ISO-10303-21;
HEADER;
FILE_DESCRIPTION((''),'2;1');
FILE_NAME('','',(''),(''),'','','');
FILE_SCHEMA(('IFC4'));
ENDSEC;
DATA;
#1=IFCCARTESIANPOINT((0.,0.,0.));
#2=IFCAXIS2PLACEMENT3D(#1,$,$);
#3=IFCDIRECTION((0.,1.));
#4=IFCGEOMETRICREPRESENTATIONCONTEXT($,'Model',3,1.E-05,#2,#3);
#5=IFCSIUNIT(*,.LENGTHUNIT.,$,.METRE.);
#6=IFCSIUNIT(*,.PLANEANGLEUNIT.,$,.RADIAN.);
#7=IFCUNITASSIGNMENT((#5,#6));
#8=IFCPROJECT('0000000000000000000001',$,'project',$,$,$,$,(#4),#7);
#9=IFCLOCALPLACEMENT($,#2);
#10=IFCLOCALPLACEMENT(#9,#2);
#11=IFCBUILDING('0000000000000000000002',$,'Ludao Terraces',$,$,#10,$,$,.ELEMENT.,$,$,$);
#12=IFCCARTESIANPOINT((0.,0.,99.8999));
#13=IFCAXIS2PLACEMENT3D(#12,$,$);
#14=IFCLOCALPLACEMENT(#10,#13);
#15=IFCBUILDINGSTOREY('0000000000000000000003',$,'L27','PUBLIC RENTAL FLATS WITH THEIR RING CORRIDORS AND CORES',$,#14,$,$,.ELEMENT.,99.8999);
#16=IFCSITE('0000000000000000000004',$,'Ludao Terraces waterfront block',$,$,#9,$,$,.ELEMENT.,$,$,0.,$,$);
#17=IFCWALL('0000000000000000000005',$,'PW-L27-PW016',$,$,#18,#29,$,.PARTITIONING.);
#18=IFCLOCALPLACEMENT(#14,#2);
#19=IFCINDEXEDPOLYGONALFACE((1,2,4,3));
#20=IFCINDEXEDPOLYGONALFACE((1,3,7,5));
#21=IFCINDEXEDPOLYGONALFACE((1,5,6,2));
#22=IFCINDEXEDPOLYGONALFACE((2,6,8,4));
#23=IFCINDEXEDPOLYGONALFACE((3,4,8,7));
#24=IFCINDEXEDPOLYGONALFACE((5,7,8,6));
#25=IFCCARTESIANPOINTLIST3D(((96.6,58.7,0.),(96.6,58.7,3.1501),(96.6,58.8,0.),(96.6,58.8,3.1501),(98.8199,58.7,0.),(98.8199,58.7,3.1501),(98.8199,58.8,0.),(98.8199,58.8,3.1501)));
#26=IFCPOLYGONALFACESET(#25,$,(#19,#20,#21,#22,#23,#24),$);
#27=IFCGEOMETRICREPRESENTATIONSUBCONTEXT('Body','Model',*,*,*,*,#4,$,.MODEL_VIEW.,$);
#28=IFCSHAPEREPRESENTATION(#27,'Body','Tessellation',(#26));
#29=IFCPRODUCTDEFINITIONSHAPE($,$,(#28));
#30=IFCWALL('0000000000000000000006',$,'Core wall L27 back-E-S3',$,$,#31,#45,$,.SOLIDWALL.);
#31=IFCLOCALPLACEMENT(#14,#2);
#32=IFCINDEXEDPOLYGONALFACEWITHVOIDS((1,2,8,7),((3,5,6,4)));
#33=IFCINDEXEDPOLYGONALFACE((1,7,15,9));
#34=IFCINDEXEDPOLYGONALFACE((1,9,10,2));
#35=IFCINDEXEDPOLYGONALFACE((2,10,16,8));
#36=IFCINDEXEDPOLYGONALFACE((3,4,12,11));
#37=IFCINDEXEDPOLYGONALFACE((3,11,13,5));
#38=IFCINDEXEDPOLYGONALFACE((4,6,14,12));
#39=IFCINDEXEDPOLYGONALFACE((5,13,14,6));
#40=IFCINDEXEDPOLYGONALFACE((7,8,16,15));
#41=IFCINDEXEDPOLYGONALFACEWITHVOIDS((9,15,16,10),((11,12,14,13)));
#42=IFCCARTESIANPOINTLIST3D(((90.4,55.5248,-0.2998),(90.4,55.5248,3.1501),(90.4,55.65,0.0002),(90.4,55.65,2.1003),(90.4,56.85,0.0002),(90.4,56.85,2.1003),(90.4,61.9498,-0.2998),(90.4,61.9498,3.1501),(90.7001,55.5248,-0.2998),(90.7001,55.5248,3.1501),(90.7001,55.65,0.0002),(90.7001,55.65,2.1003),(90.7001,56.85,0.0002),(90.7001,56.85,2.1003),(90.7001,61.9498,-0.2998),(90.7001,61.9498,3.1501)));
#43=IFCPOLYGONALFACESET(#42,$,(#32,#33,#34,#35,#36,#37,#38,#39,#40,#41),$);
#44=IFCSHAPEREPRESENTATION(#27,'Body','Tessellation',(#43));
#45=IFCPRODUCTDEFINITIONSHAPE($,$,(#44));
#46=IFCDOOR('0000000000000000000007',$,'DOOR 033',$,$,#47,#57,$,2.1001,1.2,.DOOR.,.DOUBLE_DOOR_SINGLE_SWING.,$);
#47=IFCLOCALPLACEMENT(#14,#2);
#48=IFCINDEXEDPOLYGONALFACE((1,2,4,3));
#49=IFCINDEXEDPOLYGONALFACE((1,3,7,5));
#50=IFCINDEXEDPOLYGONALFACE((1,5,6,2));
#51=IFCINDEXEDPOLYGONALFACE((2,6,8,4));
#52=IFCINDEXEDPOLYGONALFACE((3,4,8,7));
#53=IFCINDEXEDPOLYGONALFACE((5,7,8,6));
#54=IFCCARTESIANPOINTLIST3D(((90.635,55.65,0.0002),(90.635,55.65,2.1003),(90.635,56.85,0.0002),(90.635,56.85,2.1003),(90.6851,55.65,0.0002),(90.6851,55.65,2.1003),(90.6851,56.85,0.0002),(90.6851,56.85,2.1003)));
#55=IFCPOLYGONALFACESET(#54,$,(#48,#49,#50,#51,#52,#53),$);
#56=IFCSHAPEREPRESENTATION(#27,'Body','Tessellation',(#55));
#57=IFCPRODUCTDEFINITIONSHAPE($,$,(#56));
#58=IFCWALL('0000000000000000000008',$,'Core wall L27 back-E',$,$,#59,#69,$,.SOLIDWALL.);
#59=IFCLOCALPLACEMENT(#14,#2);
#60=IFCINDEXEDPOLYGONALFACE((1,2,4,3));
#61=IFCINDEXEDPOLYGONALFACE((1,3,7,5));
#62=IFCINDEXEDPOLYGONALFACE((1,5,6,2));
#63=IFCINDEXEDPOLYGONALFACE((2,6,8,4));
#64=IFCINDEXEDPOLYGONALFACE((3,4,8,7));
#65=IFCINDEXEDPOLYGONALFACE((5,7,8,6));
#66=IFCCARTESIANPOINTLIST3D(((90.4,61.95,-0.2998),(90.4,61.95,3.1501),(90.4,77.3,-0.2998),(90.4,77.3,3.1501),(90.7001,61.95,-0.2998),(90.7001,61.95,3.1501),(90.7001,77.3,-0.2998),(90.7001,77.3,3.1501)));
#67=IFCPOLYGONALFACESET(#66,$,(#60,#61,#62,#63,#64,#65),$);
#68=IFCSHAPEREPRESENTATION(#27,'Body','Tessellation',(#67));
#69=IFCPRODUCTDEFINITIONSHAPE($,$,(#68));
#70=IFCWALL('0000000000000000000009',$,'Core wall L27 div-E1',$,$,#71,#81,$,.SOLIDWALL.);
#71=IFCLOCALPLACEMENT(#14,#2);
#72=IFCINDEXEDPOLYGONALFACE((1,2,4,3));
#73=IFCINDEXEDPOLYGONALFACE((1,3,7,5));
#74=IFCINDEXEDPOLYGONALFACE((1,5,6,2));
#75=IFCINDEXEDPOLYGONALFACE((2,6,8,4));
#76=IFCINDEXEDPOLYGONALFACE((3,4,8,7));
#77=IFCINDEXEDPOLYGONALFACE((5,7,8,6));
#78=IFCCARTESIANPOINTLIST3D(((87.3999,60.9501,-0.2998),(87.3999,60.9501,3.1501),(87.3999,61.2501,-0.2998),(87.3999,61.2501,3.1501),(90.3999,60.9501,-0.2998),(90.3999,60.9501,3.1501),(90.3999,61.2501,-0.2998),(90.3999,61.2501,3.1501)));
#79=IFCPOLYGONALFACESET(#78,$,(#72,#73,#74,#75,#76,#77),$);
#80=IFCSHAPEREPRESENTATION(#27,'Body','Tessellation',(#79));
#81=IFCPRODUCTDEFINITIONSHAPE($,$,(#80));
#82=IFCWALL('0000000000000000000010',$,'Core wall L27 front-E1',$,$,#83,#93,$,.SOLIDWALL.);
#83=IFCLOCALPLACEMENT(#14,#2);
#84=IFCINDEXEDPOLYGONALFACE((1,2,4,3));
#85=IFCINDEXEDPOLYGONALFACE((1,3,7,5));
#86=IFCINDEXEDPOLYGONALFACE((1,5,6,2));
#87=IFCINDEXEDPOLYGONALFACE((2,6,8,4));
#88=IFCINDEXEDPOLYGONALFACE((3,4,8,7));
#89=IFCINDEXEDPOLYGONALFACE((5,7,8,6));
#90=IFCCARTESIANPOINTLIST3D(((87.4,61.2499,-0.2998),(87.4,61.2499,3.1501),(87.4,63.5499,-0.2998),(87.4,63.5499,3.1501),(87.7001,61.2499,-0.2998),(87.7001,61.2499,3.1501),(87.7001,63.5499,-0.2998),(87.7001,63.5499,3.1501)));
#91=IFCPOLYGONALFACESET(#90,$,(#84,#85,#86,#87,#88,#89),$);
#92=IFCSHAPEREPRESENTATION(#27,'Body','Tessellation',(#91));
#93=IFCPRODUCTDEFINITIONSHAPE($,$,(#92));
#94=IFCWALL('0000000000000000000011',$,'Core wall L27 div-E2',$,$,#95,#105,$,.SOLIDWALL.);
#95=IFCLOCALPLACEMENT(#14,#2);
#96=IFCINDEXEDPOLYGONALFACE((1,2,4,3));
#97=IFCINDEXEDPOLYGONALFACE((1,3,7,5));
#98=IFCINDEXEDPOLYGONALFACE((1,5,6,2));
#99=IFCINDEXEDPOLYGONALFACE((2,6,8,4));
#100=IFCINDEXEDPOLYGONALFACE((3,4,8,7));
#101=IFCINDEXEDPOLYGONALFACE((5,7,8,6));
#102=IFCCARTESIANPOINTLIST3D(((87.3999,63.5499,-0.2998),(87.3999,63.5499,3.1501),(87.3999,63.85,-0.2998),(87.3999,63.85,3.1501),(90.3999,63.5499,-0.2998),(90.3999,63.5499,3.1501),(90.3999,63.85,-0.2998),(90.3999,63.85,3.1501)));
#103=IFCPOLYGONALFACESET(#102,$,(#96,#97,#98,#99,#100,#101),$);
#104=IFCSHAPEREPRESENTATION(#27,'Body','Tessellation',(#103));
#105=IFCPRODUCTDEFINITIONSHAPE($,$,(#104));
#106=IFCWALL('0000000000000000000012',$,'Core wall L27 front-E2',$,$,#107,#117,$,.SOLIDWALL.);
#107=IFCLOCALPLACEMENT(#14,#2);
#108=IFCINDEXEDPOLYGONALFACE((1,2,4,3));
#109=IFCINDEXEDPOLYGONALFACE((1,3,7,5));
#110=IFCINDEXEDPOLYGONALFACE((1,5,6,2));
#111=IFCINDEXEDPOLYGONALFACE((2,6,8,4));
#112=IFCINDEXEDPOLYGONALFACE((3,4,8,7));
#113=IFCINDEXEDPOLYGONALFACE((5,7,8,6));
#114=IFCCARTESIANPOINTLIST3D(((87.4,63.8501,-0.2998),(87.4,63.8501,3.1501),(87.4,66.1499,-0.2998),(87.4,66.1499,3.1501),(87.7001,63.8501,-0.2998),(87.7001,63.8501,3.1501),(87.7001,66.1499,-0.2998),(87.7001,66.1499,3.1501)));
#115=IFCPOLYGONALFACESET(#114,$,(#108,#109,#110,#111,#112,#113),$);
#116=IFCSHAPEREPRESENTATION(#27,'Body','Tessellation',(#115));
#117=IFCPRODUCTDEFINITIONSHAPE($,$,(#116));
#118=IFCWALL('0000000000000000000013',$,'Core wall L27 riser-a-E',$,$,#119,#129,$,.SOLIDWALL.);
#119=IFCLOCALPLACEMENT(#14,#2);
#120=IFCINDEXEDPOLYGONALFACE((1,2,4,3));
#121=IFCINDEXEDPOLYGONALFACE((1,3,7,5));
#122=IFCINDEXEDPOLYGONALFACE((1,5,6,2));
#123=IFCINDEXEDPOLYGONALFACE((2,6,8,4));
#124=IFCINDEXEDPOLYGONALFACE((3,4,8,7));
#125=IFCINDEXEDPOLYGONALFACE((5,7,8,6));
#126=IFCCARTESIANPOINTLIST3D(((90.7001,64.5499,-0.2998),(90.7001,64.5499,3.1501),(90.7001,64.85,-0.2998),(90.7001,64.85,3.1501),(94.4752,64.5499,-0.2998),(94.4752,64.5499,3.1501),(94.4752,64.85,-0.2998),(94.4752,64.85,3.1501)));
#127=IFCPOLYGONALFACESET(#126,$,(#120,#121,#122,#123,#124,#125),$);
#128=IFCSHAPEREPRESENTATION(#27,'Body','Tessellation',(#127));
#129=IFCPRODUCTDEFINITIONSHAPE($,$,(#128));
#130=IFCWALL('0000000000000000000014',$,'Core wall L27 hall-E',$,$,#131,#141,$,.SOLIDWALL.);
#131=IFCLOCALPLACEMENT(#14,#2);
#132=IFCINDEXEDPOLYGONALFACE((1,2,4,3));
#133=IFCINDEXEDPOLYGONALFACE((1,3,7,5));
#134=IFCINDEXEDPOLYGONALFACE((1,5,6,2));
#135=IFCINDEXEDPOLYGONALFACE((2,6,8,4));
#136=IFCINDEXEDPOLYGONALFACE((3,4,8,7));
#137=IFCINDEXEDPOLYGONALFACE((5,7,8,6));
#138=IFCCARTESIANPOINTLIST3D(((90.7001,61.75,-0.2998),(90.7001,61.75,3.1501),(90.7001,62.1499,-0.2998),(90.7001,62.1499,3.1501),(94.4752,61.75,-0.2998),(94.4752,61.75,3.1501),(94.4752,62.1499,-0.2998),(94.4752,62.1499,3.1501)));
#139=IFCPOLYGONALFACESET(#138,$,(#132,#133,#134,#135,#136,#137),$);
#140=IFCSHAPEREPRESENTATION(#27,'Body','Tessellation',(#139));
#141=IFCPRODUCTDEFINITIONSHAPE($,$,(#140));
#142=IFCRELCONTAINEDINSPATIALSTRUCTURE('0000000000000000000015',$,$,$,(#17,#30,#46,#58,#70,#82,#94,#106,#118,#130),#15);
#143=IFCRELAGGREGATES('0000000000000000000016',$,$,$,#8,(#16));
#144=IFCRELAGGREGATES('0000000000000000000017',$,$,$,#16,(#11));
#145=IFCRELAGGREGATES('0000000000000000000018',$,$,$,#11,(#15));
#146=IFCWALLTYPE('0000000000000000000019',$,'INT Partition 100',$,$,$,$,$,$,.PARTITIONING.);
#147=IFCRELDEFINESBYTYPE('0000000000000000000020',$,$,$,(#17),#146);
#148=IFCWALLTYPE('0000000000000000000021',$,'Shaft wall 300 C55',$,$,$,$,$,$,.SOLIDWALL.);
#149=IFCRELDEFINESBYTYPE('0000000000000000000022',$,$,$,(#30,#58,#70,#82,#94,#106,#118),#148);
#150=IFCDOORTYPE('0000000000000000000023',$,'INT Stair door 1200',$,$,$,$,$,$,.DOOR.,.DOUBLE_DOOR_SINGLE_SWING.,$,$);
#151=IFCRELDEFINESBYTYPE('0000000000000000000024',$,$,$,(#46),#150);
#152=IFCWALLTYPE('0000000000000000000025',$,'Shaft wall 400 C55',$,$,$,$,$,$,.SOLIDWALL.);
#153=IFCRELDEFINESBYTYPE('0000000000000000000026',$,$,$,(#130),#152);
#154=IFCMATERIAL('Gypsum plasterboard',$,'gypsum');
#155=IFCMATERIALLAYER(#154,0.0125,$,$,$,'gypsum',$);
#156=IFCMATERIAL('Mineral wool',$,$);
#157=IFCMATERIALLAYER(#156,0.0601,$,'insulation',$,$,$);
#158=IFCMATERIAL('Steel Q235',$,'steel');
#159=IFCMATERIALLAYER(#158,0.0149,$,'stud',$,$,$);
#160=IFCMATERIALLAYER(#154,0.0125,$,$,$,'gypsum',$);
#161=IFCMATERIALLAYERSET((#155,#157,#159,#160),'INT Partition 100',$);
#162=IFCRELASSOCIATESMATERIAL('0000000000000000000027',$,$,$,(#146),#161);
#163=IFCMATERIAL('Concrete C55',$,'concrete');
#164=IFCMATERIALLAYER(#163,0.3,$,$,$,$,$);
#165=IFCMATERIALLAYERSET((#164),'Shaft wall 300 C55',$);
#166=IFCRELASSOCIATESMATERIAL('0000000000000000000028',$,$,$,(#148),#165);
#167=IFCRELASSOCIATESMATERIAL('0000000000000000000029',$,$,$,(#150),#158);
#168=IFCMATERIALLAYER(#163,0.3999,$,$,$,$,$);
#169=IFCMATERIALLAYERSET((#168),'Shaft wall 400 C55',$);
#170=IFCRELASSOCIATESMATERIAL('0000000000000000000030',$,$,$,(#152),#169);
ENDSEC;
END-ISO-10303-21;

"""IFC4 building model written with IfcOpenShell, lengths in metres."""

from ifc_helpers import new_model, si_unit, direction, frame, frame_2d, origin, place, context, subcontext, project, spatial, rectangle, extrude, material, layer, layer_set, type_object, element, fill, save


model = new_model("IFC4")

# Units and contexts
model_context = context("Model", 3, precision=1e-05, world=origin(), true_north=direction((0.0, 1.0)))
body_context = subcontext(model_context, "Body", "Model", "MODEL_VIEW")
ifc_project = project(units=[si_unit("LENGTHUNIT", "METRE"), si_unit("PLANEANGLEUNIT", "RADIAN")], contexts=[model_context])

# Site, building, storey
site_placement = place(None, origin())
site = spatial("IfcSite", under=ifc_project, at=site_placement, Name="Ludao Terraces waterfront block", CompositionType="ELEMENT", RefElevation=0.0)
building_placement = place(site_placement, origin())
building = spatial("IfcBuilding", under=site, at=building_placement, Name="Ludao Terraces", CompositionType="ELEMENT")
storey_placement = place(building_placement, frame((0.0, 0.0, 99.8999)))
storey = spatial("IfcBuildingStorey", under=building, at=storey_placement, Name="L27", Description="PUBLIC RENTAL FLATS WITH THEIR RING CORRIDORS AND CORES", CompositionType="ELEMENT", Elevation=99.8999)

# Shared definitions
ifc_material_1 = material(Name="Steel Q235", Category="steel")

# Shared definitions
ifc_material_2 = material(Name="Mineral wool")

# Wall
ifc_material_3 = material(Name="Gypsum plasterboard", Category="gypsum")
ifc_layer_1 = layer(ifc_material_3, 0.0125, Category="gypsum")
ifc_layer_2 = layer(ifc_material_2, 0.0601, Name="insulation")
ifc_layer_3 = layer(ifc_material_1, 0.0149, Name="stud")
ifc_layer_4 = layer(ifc_material_3, 0.0125, Category="gypsum")
ifc_layer_set_1 = layer_set([ifc_layer_1, ifc_layer_2, ifc_layer_3, ifc_layer_4], Name="INT Partition 100")
wall_type_1 = type_object("IfcWallType", Name="INT Partition 100", PredefinedType="PARTITIONING", material=ifc_layer_set_1)
for number, where, z_axis, x_axis, name in (
    (1, (96.6001, 58.75, 0.0), (0.0, 0.0, 1.0), (1.0, 0.0, 0.0), "PW-L27-PW016"),
):
    element("IfcWall", number, at=place(storey_placement, frame(where, z_axis=z_axis, x_axis=x_axis)), inside=storey, type_object=wall_type_1, Name=name, PredefinedType="PARTITIONING", context=body_context, shape_type="SweptSolid", body=[
        extrude(rectangle(XDim=2.22, YDim=0.1001, at=frame_2d((1.1099, 0.0))), origin(), (0.0, 0.0, 1.0), 3.1501),
    ])

# Wall, opening, door
ifc_material_4 = material(Name="Concrete C55", Category="concrete")
ifc_layer_5 = layer(ifc_material_4, 0.3)
ifc_layer_set_2 = layer_set([ifc_layer_5], Name="Shaft wall 300 C55")
wall_type_2 = type_object("IfcWallType", Name="Shaft wall 300 C55", PredefinedType="SOLIDWALL", material=ifc_layer_set_2)
wall_1_placement = place(storey_placement, frame((90.55, 55.5249, -0.2998), z_axis=(0.0, 0.0, 1.0), x_axis=(0.0, 1.0, 0.0)))
wall_1 = element("IfcWall", 2, at=wall_1_placement, inside=storey, type_object=wall_type_2, Name="Core wall L27 back-E-S3", PredefinedType="SOLIDWALL", context=body_context, shape_type="SweptSolid", body=[
    extrude(rectangle(XDim=6.425, YDim=0.3, at=frame_2d((3.2124, 0.0))), origin(), (0.0, 0.0, 1.0), 3.45),
])
opening_1_placement = place(wall_1_placement, frame((0.125, 0.0, 0.3)))
opening_1 = element("IfcOpeningElement", 3, at=opening_1_placement, cuts=wall_1, PredefinedType="OPENING", context=body_context, shape_type="SweptSolid", body=[
    extrude(rectangle(XDim=1.2, YDim=2.1001, at=frame_2d((0.6001, 1.05))), frame((0.0, 0.1602, 0.0), z_axis=(0.0, -1.0, 0.0), x_axis=(1.0, 0.0, 0.0)), (0.0, 0.0, 1.0), 0.3201),
])
door_type_1 = type_object("IfcDoorType", Name="INT Stair door 1200", OperationType="DOUBLE_DOOR_SINGLE_SWING", PredefinedType="DOOR", material=ifc_material_1)
door_1_placement = place(opening_1_placement, origin())
door_1 = element("IfcDoor", 4, at=door_1_placement, inside=storey, type_object=door_type_1, Name="DOOR 033", OperationType="DOUBLE_DOOR_SINGLE_SWING", OverallHeight=2.1001, OverallWidth=1.2, PredefinedType="DOOR", context=body_context, shape_type="SweptSolid", body=[
    extrude(rectangle(XDim=1.2, YDim=2.1001, at=frame_2d((0.6001, 1.05))), frame((0.0, -0.085, 0.0), z_axis=(0.0, -1.0, 0.0), x_axis=(1.0, 0.0, 0.0)), (0.0, 0.0, 1.0), 0.05),
])
fill(opening_1, door_1)

# Walls
wall_2_placement = place(storey_placement, frame((90.55, 61.95, -0.2998), z_axis=(0.0, 0.0, 1.0), x_axis=(0.0, 1.0, 0.0)))
element("IfcWall", 5, at=wall_2_placement, inside=storey, type_object=wall_type_2, Name="Core wall L27 back-E", PredefinedType="SOLIDWALL", context=body_context, shape_type="SweptSolid", body=[
    extrude(rectangle(XDim=15.3501, YDim=0.3, at=frame_2d((7.675, 0.0))), origin(), (0.0, 0.0, 1.0), 3.45),
])
wall_3_placement = place(storey_placement, frame((87.3999, 61.1001, -0.2998), z_axis=(0.0, 0.0, 1.0), x_axis=(1.0, 0.0, 0.0)))
element("IfcWall", 6, at=wall_3_placement, inside=storey, type_object=wall_type_2, Name="Core wall L27 div-E1", PredefinedType="SOLIDWALL", context=body_context, shape_type="SweptSolid", body=[
    extrude(rectangle(XDim=3.0, YDim=0.3, at=frame_2d((1.5, 0.0))), origin(), (0.0, 0.0, 1.0), 3.45),
])
wall_4_placement = place(storey_placement, frame((87.55, 61.25, -0.2998), z_axis=(0.0, 0.0, 1.0), x_axis=(0.0, 1.0, 0.0)))
element("IfcWall", 7, at=wall_4_placement, inside=storey, type_object=wall_type_2, Name="Core wall L27 front-E1", PredefinedType="SOLIDWALL", context=body_context, shape_type="SweptSolid", body=[
    extrude(rectangle(XDim=2.3, YDim=0.3, at=frame_2d((1.1499, 0.0))), origin(), (0.0, 0.0, 1.0), 3.45),
])
wall_5_placement = place(storey_placement, frame((87.3999, 63.7, -0.2998), z_axis=(0.0, 0.0, 1.0), x_axis=(1.0, 0.0, 0.0)))
element("IfcWall", 8, at=wall_5_placement, inside=storey, type_object=wall_type_2, Name="Core wall L27 div-E2", PredefinedType="SOLIDWALL", context=body_context, shape_type="SweptSolid", body=[
    extrude(rectangle(XDim=3.0, YDim=0.3, at=frame_2d((1.5, 0.0))), origin(), (0.0, 0.0, 1.0), 3.45),
])
wall_6_placement = place(storey_placement, frame((87.55, 63.8501, -0.2998), z_axis=(0.0, 0.0, 1.0), x_axis=(0.0, 1.0, 0.0)))
element("IfcWall", 9, at=wall_6_placement, inside=storey, type_object=wall_type_2, Name="Core wall L27 front-E2", PredefinedType="SOLIDWALL", context=body_context, shape_type="SweptSolid", body=[
    extrude(rectangle(XDim=2.2998, YDim=0.3, at=frame_2d((1.1499, 0.0))), origin(), (0.0, 0.0, 1.0), 3.45),
])
wall_7_placement = place(storey_placement, frame((90.7, 64.7, -0.2998), z_axis=(0.0, 0.0, 1.0), x_axis=(1.0, 0.0, 0.0)))
element("IfcWall", 10, at=wall_7_placement, inside=storey, type_object=wall_type_2, Name="Core wall L27 riser-a-E", PredefinedType="SOLIDWALL", context=body_context, shape_type="SweptSolid", body=[
    extrude(rectangle(XDim=3.7751, YDim=0.3, at=frame_2d((1.8877, 0.0))), origin(), (0.0, 0.0, 1.0), 3.45),
])
ifc_layer_6 = layer(ifc_material_4, 0.3999)
ifc_layer_set_3 = layer_set([ifc_layer_6], Name="Shaft wall 400 C55")
wall_type_3 = type_object("IfcWallType", Name="Shaft wall 400 C55", PredefinedType="SOLIDWALL", material=ifc_layer_set_3)
wall_8_placement = place(storey_placement, frame((90.7, 61.95, -0.2998), z_axis=(0.0, 0.0, 1.0), x_axis=(1.0, 0.0, 0.0)))
element("IfcWall", 11, at=wall_8_placement, inside=storey, type_object=wall_type_3, Name="Core wall L27 hall-E", PredefinedType="SOLIDWALL", context=body_context, shape_type="SweptSolid", body=[
    extrude(rectangle(XDim=3.7751, YDim=0.3999, at=frame_2d((1.8877, 0.0))), origin(), (0.0, 0.0, 1.0), 3.45),
])

save(model, "model.ifc")
